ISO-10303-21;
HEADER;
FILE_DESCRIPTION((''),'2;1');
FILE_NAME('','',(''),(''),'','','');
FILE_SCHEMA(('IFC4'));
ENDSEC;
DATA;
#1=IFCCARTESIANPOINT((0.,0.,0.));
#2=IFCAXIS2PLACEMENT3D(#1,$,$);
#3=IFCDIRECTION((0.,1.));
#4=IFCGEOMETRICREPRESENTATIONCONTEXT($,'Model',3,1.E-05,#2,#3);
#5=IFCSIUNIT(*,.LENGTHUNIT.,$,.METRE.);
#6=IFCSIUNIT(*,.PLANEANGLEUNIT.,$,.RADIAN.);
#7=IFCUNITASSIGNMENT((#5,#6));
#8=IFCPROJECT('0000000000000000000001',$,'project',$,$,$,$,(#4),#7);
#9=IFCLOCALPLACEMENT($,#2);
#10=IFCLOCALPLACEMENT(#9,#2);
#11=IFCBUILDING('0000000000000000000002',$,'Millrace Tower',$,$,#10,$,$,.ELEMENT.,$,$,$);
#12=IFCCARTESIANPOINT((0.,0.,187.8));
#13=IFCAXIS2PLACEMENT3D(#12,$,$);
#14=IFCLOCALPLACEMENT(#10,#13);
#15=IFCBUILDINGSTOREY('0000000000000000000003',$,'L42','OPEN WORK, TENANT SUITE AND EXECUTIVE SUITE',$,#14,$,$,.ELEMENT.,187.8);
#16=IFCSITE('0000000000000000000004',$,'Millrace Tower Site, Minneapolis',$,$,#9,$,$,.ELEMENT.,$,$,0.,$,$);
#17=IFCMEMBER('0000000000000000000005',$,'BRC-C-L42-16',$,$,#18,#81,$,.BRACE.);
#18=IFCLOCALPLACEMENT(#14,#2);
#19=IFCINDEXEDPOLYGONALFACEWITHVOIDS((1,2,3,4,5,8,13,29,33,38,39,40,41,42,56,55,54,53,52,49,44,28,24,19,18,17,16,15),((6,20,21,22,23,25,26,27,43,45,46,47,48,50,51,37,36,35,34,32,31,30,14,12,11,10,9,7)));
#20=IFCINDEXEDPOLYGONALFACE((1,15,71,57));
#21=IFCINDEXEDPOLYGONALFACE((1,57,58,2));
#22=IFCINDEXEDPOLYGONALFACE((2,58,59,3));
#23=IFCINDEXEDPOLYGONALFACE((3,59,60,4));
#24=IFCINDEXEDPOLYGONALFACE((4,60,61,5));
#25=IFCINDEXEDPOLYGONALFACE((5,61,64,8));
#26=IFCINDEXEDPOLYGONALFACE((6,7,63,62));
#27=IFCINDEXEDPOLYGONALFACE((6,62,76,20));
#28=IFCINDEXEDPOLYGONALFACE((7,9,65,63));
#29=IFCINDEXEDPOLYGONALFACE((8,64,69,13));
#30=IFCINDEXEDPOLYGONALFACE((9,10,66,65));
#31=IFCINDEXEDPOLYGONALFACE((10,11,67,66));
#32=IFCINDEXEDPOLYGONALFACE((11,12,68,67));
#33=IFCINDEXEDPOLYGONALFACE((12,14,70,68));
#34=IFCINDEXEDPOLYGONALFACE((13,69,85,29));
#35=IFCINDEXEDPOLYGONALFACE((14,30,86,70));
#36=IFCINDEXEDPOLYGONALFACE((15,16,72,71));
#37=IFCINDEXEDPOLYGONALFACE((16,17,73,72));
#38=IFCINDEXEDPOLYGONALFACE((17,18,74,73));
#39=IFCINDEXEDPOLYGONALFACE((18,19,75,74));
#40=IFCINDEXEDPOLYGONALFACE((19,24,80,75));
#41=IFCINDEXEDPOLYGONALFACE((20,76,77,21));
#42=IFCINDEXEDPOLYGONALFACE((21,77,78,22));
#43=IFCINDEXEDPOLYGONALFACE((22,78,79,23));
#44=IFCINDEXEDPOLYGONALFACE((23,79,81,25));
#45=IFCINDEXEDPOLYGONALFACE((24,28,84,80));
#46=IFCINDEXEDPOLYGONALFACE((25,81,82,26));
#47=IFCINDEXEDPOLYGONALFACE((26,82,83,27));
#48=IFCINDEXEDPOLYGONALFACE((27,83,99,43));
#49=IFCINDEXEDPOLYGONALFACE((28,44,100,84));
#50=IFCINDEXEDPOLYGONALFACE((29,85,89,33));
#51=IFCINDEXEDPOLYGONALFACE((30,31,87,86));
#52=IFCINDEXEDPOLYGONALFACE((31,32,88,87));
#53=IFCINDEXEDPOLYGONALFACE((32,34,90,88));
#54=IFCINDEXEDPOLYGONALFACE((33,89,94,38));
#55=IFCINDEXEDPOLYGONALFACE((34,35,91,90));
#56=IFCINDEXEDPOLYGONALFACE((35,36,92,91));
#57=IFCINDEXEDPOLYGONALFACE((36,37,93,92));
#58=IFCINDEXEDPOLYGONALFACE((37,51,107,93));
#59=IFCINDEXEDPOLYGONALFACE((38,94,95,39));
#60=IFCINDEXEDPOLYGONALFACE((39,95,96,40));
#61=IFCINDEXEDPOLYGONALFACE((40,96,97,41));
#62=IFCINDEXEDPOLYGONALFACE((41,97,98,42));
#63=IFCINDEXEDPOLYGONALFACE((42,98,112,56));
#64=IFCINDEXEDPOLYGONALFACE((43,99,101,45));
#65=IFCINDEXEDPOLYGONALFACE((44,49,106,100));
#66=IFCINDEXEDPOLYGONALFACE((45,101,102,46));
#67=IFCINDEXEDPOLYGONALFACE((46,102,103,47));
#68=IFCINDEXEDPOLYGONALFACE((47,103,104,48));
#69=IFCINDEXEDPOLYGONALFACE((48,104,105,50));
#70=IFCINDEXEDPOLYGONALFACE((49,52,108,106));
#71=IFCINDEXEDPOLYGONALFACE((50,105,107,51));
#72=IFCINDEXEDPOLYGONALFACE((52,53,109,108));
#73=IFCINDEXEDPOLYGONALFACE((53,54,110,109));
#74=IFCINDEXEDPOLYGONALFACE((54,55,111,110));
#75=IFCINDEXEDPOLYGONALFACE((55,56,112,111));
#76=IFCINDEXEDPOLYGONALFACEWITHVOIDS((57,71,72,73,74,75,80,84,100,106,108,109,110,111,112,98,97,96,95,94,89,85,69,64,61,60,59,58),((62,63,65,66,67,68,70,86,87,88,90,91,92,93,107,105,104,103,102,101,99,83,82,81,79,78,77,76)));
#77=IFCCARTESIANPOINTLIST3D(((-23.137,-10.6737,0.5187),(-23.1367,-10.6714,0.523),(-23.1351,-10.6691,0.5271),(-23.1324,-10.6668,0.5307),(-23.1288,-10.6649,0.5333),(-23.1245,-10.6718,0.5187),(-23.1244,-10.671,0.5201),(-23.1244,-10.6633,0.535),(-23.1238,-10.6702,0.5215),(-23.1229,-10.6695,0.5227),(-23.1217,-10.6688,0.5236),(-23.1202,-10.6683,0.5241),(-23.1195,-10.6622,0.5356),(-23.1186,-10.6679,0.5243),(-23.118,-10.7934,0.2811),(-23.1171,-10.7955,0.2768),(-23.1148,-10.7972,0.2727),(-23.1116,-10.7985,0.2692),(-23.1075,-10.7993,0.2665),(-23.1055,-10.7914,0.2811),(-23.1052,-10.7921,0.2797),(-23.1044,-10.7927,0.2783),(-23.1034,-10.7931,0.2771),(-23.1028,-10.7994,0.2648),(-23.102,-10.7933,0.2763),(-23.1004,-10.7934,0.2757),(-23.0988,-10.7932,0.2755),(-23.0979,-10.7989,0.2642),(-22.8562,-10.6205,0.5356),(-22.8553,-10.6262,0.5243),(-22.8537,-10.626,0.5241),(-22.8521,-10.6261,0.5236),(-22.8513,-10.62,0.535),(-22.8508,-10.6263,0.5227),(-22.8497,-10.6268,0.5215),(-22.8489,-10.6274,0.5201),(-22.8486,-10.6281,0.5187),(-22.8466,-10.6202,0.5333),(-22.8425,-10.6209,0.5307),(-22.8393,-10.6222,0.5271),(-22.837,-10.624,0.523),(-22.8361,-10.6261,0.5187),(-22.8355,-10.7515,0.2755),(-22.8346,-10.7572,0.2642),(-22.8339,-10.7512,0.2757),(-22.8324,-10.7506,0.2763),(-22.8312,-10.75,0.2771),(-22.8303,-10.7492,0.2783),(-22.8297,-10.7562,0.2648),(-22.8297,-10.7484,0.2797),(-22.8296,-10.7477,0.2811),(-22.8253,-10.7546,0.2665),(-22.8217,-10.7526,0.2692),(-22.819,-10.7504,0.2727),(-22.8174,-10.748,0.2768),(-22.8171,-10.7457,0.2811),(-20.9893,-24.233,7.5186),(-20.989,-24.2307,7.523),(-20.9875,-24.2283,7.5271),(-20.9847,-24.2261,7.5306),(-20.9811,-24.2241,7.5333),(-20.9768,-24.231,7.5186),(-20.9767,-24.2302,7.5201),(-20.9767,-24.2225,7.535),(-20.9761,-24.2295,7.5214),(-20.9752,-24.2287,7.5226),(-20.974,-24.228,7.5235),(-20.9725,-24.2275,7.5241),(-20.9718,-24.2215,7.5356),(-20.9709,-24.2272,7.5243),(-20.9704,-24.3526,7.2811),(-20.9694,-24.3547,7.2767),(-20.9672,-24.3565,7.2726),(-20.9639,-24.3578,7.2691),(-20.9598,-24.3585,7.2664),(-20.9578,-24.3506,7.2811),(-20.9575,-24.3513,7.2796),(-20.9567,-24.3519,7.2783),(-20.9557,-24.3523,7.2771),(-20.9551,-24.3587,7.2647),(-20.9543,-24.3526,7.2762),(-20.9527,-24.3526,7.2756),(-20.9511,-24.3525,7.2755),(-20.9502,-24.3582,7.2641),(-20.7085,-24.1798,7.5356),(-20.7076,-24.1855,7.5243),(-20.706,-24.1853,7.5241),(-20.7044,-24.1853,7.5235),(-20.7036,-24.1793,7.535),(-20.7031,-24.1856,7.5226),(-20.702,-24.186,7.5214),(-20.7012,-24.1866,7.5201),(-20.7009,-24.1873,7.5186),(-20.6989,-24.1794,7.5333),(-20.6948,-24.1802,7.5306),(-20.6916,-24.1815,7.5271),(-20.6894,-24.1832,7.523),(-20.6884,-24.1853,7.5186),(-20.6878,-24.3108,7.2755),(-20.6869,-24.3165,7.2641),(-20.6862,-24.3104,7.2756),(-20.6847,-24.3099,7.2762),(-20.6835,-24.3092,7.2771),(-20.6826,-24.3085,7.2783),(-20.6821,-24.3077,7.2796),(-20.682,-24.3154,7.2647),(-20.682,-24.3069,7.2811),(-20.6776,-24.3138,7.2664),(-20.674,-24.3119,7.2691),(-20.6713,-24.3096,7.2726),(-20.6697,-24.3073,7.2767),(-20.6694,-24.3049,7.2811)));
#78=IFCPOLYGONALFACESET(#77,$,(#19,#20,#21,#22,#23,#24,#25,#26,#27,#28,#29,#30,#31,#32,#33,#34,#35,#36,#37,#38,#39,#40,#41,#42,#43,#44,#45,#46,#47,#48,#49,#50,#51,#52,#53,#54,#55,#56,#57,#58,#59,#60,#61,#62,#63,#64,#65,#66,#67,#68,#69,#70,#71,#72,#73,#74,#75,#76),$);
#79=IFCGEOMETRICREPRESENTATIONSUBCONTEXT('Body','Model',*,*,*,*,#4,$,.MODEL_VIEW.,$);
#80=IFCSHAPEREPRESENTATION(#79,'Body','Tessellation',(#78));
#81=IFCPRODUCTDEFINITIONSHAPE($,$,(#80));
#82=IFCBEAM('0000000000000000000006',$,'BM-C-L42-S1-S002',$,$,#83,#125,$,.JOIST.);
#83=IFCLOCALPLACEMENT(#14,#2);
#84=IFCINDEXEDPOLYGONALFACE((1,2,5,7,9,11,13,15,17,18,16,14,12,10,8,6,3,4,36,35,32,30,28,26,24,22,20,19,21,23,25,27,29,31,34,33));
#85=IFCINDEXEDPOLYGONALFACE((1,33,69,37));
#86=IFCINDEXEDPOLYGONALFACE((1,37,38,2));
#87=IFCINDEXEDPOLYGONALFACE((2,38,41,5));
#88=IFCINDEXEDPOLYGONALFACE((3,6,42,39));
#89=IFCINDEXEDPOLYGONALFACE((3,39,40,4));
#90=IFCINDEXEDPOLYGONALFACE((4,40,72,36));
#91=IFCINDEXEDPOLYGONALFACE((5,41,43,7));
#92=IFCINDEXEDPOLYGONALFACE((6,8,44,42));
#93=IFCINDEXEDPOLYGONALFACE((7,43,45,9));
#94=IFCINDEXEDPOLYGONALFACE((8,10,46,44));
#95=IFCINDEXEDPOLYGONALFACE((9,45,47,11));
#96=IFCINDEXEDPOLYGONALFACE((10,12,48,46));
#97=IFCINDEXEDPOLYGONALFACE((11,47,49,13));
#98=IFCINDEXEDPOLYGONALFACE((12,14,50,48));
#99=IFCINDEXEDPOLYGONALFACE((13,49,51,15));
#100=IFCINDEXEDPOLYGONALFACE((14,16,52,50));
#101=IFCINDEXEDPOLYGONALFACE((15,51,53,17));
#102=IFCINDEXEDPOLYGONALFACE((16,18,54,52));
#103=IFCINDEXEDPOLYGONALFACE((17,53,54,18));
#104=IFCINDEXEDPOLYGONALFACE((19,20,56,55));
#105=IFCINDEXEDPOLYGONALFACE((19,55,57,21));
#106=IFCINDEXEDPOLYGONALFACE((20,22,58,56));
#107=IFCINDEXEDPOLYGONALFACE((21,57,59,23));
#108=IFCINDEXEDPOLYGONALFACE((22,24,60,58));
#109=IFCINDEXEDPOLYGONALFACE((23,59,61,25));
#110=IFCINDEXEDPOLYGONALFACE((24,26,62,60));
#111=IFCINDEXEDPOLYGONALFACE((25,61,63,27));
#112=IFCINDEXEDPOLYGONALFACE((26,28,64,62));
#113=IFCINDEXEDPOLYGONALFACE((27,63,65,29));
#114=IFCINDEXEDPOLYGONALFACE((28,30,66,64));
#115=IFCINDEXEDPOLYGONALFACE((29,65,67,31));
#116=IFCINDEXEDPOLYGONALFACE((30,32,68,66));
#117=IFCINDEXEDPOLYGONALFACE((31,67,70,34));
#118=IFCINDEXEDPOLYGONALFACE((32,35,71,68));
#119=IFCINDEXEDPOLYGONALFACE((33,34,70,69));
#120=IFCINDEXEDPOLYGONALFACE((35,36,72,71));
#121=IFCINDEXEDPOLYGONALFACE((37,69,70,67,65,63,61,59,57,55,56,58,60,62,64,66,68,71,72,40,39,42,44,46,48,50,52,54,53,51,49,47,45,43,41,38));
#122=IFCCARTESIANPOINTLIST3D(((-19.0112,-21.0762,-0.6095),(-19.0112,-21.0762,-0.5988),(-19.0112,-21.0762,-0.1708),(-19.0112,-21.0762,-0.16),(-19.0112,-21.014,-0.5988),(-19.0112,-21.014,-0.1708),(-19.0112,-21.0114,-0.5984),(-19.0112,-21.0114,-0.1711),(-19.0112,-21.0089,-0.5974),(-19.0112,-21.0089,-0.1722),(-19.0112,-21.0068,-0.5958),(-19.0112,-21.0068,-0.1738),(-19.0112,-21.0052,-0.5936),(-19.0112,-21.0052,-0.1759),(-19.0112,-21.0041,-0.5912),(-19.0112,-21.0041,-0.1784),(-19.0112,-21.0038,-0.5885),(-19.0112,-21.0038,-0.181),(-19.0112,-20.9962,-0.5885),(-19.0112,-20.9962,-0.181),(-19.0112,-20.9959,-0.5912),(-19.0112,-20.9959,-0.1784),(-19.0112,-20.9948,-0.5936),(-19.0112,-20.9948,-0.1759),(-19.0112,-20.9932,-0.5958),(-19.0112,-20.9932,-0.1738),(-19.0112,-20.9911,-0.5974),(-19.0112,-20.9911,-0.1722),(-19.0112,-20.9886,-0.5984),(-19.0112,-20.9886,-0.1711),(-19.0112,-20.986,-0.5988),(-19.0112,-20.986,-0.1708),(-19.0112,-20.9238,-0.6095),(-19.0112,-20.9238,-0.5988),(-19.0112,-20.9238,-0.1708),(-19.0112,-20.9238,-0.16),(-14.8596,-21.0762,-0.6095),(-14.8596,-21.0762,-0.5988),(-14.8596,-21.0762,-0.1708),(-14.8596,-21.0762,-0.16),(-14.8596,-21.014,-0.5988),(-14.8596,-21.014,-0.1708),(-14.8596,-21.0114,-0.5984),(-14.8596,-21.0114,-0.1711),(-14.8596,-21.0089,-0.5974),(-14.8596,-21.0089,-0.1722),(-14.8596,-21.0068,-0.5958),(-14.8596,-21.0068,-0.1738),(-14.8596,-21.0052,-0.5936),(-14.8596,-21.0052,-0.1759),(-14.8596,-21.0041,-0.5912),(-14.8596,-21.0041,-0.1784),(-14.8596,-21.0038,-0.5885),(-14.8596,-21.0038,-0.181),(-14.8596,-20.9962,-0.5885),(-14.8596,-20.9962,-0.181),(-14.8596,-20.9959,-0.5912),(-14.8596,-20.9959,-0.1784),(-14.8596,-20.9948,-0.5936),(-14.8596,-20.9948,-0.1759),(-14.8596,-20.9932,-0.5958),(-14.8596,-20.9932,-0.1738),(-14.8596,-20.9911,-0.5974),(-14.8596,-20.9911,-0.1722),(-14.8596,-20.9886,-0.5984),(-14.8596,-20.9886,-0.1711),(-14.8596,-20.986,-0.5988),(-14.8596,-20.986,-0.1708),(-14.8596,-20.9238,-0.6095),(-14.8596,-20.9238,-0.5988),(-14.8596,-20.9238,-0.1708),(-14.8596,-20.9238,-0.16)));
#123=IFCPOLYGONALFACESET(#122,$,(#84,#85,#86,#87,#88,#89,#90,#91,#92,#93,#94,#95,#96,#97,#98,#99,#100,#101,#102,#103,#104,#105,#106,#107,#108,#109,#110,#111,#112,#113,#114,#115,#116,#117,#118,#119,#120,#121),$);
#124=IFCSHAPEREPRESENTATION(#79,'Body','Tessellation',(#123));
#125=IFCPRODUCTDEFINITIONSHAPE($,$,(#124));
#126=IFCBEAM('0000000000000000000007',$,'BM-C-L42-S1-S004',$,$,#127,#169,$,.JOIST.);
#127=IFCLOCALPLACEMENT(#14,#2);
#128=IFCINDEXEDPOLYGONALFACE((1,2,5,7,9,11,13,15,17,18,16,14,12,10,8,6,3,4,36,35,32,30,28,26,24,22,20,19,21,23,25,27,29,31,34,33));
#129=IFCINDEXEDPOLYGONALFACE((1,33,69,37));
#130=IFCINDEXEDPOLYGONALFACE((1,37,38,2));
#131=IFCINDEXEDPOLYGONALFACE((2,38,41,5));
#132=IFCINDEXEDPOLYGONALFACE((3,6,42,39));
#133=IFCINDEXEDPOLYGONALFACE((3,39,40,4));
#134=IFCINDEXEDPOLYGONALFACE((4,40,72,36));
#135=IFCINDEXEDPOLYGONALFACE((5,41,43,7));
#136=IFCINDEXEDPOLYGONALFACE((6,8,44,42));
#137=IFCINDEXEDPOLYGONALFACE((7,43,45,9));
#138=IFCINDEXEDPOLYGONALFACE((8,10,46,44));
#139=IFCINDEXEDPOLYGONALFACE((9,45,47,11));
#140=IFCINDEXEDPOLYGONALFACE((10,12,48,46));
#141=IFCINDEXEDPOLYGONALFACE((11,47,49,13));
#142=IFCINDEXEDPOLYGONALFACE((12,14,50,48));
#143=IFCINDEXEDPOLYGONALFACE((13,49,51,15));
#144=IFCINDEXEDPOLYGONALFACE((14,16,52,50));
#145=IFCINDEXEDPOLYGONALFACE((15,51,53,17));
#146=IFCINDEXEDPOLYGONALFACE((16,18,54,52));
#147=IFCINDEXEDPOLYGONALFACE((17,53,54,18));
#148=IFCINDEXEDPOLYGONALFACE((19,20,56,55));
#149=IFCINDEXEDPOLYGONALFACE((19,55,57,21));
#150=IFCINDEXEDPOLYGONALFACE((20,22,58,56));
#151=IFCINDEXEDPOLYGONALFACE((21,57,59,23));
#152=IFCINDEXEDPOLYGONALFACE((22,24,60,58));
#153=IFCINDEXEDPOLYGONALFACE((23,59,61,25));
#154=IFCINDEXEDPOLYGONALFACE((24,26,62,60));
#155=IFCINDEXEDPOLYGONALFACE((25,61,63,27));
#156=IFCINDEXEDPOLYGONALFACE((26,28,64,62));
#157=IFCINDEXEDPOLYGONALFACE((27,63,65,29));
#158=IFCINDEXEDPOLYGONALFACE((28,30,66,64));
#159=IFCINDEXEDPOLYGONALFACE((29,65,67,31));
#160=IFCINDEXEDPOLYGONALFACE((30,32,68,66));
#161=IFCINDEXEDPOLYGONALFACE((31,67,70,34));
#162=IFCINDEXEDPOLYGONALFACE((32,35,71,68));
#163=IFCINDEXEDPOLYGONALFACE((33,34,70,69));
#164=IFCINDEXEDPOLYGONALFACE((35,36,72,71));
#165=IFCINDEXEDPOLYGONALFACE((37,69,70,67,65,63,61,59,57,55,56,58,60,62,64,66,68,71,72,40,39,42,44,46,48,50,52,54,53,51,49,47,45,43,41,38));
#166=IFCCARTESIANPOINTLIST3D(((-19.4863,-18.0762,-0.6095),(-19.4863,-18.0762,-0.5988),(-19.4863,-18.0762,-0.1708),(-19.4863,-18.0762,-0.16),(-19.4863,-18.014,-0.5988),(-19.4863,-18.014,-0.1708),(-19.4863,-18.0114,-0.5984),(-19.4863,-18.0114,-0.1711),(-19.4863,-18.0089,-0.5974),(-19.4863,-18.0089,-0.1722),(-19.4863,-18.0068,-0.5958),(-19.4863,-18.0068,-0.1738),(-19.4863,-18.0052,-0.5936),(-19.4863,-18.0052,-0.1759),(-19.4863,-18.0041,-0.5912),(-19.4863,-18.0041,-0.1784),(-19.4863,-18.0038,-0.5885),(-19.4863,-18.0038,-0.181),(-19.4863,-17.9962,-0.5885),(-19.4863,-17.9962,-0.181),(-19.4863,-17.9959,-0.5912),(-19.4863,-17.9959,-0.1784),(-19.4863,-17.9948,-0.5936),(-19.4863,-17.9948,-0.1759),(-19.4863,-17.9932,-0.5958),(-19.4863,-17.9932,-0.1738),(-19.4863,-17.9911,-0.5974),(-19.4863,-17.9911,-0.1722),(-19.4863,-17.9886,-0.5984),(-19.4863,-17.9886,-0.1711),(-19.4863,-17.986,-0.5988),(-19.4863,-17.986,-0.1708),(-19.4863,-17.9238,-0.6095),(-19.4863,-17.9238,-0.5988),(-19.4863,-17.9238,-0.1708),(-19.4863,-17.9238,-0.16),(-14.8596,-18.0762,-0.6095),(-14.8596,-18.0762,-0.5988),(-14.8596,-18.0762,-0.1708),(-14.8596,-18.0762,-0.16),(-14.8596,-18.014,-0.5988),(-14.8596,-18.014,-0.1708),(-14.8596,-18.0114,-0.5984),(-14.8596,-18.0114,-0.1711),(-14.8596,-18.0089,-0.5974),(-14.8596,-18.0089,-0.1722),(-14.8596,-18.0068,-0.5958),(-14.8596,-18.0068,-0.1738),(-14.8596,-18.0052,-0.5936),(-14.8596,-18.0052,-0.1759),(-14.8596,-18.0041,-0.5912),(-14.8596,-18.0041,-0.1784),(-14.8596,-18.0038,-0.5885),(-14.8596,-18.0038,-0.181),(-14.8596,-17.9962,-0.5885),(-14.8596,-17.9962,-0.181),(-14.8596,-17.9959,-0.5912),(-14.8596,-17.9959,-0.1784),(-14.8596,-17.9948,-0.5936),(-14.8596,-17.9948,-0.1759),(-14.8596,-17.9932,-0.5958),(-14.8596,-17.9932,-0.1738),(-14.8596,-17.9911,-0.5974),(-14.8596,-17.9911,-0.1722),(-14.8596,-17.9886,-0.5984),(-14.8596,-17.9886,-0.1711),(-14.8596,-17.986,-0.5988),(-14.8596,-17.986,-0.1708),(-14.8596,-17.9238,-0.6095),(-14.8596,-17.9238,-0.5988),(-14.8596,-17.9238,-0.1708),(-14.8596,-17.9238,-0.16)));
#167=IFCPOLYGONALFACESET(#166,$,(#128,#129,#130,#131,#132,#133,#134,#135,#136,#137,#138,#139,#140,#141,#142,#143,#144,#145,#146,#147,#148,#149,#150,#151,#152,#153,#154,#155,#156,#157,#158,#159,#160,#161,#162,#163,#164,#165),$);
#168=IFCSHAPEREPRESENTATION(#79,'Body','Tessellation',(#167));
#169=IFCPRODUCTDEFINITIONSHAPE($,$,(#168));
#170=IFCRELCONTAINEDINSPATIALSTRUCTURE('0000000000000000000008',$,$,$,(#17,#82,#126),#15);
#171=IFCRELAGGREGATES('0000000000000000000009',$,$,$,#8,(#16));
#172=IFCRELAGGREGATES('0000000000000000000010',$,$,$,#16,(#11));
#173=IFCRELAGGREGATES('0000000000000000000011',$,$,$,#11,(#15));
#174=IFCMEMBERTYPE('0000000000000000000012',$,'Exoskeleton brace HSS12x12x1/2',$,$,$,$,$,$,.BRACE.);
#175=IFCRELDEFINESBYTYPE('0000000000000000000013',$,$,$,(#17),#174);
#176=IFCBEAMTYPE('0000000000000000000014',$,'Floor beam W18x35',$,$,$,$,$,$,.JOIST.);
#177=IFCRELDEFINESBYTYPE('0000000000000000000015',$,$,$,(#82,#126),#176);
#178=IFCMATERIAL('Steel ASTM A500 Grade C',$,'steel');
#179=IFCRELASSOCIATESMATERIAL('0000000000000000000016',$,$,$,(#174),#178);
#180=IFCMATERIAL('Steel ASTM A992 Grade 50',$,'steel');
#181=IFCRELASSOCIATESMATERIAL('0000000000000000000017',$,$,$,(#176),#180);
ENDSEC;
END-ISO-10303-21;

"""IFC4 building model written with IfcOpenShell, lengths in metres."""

from ifc_helpers import new_model, si_unit, direction, frame, origin, origin_2d, place, context, subcontext, project, spatial, hollow_rectangle, i_section, extrude, material, material_profile, profile_set, type_object, element, save


model = new_model("IFC4")

# Units and contexts
model_context = context("Model", 3, precision=1e-05, world=origin(), true_north=direction((0.0, 1.0)))
body_context = subcontext(model_context, "Body", "Model", "MODEL_VIEW")
ifc_project = project(units=[si_unit("LENGTHUNIT", "METRE"), si_unit("PLANEANGLEUNIT", "RADIAN")], contexts=[model_context])

# Site, building, storey
site_placement = place(None, origin())
site = spatial("IfcSite", under=ifc_project, at=site_placement, Name="Millrace Tower Site, Minneapolis", CompositionType="ELEMENT", RefElevation=0.0)
building_placement = place(site_placement, origin())
building = spatial("IfcBuilding", under=site, at=building_placement, Name="Millrace Tower", CompositionType="ELEMENT")
storey_placement = place(building_placement, frame((0.0, 0.0, 187.8)))
storey = spatial("IfcBuildingStorey", under=building, at=storey_placement, Name="L42", Description="OPEN WORK, TENANT SUITE AND EXECUTIVE SUITE", CompositionType="ELEMENT", Elevation=187.8)

# Member
ifc_material_1 = material(Name="Steel ASTM A500 Grade C", Category="steel")
ifc_material_profile_1 = material_profile(ifc_material_1, hollow_rectangle(XDim=0.3047, YDim=0.3047, WallThickness=0.0127, InnerFilletRadius=0.0063, OuterFilletRadius=0.019, at=origin_2d()))
ifc_profile_set_1 = profile_set([ifc_material_profile_1], Name="Steel ASTM A500 Grade C")
member_type_1 = type_object("IfcMemberType", Name="Exoskeleton brace HSS12x12x1/2", PredefinedType="BRACE", material=ifc_profile_set_1)
member_1_placement = place(storey_placement, frame((-22.9771, -10.7097, 0.3999), z_axis=(0.139371, -0.879905, 0.454251), x_axis=(0.987687, 0.156443, 0.0)))
element("IfcMember", 1, at=member_1_placement, inside=storey, type_object=member_type_1, Name="BRC-C-L42-16", PredefinedType="BRACE", context=body_context, shape_type="SweptSolid", body=[
    extrude(hollow_rectangle(XDim=0.3047, YDim=0.3047, WallThickness=0.0127, InnerFilletRadius=0.0063, OuterFilletRadius=0.019, at=origin_2d()), origin(), (0.0, 0.0, 1.0), 15.4099),
])

# Beams
ifc_material_2 = material(Name="Steel ASTM A992 Grade 50", Category="steel")
ifc_material_profile_2 = material_profile(ifc_material_2, i_section(OverallWidth=0.1523, OverallDepth=0.4495, WebThickness=0.0076, FlangeThickness=0.0107, FilletRadius=0.0103, at=origin_2d()))
ifc_profile_set_2 = profile_set([ifc_material_profile_2], Name="Steel ASTM A992 Grade 50")
beam_type_1 = type_object("IfcBeamType", Name="Floor beam W18x35", PredefinedType="JOIST", material=ifc_profile_set_2)
beam_1_placement = place(storey_placement, frame((-19.0112, -21.0, -0.3848), z_axis=(1.0, 0.0, 0.0), x_axis=(0.0, 1.0, 0.0)))
element("IfcBeam", 2, at=beam_1_placement, inside=storey, type_object=beam_type_1, Name="BM-C-L42-S1-S002", PredefinedType="JOIST", context=body_context, shape_type="SweptSolid", body=[
    extrude(i_section(OverallWidth=0.1523, OverallDepth=0.4495, WebThickness=0.0076, FlangeThickness=0.0107, FilletRadius=0.0103, at=origin_2d()), origin(), (0.0, 0.0, 1.0), 4.1516),
])
beam_2_placement = place(storey_placement, frame((-19.4863, -18.0, -0.3848), z_axis=(1.0, 0.0, 0.0), x_axis=(0.0, 1.0, 0.0)))
element("IfcBeam", 3, at=beam_2_placement, inside=storey, type_object=beam_type_1, Name="BM-C-L42-S1-S004", PredefinedType="JOIST", context=body_context, shape_type="SweptSolid", body=[
    extrude(i_section(OverallWidth=0.1523, OverallDepth=0.4495, WebThickness=0.0076, FlangeThickness=0.0107, FilletRadius=0.0103, at=origin_2d()), origin(), (0.0, 0.0, 1.0), 4.6267),
])

save(model, "model.ifc")
